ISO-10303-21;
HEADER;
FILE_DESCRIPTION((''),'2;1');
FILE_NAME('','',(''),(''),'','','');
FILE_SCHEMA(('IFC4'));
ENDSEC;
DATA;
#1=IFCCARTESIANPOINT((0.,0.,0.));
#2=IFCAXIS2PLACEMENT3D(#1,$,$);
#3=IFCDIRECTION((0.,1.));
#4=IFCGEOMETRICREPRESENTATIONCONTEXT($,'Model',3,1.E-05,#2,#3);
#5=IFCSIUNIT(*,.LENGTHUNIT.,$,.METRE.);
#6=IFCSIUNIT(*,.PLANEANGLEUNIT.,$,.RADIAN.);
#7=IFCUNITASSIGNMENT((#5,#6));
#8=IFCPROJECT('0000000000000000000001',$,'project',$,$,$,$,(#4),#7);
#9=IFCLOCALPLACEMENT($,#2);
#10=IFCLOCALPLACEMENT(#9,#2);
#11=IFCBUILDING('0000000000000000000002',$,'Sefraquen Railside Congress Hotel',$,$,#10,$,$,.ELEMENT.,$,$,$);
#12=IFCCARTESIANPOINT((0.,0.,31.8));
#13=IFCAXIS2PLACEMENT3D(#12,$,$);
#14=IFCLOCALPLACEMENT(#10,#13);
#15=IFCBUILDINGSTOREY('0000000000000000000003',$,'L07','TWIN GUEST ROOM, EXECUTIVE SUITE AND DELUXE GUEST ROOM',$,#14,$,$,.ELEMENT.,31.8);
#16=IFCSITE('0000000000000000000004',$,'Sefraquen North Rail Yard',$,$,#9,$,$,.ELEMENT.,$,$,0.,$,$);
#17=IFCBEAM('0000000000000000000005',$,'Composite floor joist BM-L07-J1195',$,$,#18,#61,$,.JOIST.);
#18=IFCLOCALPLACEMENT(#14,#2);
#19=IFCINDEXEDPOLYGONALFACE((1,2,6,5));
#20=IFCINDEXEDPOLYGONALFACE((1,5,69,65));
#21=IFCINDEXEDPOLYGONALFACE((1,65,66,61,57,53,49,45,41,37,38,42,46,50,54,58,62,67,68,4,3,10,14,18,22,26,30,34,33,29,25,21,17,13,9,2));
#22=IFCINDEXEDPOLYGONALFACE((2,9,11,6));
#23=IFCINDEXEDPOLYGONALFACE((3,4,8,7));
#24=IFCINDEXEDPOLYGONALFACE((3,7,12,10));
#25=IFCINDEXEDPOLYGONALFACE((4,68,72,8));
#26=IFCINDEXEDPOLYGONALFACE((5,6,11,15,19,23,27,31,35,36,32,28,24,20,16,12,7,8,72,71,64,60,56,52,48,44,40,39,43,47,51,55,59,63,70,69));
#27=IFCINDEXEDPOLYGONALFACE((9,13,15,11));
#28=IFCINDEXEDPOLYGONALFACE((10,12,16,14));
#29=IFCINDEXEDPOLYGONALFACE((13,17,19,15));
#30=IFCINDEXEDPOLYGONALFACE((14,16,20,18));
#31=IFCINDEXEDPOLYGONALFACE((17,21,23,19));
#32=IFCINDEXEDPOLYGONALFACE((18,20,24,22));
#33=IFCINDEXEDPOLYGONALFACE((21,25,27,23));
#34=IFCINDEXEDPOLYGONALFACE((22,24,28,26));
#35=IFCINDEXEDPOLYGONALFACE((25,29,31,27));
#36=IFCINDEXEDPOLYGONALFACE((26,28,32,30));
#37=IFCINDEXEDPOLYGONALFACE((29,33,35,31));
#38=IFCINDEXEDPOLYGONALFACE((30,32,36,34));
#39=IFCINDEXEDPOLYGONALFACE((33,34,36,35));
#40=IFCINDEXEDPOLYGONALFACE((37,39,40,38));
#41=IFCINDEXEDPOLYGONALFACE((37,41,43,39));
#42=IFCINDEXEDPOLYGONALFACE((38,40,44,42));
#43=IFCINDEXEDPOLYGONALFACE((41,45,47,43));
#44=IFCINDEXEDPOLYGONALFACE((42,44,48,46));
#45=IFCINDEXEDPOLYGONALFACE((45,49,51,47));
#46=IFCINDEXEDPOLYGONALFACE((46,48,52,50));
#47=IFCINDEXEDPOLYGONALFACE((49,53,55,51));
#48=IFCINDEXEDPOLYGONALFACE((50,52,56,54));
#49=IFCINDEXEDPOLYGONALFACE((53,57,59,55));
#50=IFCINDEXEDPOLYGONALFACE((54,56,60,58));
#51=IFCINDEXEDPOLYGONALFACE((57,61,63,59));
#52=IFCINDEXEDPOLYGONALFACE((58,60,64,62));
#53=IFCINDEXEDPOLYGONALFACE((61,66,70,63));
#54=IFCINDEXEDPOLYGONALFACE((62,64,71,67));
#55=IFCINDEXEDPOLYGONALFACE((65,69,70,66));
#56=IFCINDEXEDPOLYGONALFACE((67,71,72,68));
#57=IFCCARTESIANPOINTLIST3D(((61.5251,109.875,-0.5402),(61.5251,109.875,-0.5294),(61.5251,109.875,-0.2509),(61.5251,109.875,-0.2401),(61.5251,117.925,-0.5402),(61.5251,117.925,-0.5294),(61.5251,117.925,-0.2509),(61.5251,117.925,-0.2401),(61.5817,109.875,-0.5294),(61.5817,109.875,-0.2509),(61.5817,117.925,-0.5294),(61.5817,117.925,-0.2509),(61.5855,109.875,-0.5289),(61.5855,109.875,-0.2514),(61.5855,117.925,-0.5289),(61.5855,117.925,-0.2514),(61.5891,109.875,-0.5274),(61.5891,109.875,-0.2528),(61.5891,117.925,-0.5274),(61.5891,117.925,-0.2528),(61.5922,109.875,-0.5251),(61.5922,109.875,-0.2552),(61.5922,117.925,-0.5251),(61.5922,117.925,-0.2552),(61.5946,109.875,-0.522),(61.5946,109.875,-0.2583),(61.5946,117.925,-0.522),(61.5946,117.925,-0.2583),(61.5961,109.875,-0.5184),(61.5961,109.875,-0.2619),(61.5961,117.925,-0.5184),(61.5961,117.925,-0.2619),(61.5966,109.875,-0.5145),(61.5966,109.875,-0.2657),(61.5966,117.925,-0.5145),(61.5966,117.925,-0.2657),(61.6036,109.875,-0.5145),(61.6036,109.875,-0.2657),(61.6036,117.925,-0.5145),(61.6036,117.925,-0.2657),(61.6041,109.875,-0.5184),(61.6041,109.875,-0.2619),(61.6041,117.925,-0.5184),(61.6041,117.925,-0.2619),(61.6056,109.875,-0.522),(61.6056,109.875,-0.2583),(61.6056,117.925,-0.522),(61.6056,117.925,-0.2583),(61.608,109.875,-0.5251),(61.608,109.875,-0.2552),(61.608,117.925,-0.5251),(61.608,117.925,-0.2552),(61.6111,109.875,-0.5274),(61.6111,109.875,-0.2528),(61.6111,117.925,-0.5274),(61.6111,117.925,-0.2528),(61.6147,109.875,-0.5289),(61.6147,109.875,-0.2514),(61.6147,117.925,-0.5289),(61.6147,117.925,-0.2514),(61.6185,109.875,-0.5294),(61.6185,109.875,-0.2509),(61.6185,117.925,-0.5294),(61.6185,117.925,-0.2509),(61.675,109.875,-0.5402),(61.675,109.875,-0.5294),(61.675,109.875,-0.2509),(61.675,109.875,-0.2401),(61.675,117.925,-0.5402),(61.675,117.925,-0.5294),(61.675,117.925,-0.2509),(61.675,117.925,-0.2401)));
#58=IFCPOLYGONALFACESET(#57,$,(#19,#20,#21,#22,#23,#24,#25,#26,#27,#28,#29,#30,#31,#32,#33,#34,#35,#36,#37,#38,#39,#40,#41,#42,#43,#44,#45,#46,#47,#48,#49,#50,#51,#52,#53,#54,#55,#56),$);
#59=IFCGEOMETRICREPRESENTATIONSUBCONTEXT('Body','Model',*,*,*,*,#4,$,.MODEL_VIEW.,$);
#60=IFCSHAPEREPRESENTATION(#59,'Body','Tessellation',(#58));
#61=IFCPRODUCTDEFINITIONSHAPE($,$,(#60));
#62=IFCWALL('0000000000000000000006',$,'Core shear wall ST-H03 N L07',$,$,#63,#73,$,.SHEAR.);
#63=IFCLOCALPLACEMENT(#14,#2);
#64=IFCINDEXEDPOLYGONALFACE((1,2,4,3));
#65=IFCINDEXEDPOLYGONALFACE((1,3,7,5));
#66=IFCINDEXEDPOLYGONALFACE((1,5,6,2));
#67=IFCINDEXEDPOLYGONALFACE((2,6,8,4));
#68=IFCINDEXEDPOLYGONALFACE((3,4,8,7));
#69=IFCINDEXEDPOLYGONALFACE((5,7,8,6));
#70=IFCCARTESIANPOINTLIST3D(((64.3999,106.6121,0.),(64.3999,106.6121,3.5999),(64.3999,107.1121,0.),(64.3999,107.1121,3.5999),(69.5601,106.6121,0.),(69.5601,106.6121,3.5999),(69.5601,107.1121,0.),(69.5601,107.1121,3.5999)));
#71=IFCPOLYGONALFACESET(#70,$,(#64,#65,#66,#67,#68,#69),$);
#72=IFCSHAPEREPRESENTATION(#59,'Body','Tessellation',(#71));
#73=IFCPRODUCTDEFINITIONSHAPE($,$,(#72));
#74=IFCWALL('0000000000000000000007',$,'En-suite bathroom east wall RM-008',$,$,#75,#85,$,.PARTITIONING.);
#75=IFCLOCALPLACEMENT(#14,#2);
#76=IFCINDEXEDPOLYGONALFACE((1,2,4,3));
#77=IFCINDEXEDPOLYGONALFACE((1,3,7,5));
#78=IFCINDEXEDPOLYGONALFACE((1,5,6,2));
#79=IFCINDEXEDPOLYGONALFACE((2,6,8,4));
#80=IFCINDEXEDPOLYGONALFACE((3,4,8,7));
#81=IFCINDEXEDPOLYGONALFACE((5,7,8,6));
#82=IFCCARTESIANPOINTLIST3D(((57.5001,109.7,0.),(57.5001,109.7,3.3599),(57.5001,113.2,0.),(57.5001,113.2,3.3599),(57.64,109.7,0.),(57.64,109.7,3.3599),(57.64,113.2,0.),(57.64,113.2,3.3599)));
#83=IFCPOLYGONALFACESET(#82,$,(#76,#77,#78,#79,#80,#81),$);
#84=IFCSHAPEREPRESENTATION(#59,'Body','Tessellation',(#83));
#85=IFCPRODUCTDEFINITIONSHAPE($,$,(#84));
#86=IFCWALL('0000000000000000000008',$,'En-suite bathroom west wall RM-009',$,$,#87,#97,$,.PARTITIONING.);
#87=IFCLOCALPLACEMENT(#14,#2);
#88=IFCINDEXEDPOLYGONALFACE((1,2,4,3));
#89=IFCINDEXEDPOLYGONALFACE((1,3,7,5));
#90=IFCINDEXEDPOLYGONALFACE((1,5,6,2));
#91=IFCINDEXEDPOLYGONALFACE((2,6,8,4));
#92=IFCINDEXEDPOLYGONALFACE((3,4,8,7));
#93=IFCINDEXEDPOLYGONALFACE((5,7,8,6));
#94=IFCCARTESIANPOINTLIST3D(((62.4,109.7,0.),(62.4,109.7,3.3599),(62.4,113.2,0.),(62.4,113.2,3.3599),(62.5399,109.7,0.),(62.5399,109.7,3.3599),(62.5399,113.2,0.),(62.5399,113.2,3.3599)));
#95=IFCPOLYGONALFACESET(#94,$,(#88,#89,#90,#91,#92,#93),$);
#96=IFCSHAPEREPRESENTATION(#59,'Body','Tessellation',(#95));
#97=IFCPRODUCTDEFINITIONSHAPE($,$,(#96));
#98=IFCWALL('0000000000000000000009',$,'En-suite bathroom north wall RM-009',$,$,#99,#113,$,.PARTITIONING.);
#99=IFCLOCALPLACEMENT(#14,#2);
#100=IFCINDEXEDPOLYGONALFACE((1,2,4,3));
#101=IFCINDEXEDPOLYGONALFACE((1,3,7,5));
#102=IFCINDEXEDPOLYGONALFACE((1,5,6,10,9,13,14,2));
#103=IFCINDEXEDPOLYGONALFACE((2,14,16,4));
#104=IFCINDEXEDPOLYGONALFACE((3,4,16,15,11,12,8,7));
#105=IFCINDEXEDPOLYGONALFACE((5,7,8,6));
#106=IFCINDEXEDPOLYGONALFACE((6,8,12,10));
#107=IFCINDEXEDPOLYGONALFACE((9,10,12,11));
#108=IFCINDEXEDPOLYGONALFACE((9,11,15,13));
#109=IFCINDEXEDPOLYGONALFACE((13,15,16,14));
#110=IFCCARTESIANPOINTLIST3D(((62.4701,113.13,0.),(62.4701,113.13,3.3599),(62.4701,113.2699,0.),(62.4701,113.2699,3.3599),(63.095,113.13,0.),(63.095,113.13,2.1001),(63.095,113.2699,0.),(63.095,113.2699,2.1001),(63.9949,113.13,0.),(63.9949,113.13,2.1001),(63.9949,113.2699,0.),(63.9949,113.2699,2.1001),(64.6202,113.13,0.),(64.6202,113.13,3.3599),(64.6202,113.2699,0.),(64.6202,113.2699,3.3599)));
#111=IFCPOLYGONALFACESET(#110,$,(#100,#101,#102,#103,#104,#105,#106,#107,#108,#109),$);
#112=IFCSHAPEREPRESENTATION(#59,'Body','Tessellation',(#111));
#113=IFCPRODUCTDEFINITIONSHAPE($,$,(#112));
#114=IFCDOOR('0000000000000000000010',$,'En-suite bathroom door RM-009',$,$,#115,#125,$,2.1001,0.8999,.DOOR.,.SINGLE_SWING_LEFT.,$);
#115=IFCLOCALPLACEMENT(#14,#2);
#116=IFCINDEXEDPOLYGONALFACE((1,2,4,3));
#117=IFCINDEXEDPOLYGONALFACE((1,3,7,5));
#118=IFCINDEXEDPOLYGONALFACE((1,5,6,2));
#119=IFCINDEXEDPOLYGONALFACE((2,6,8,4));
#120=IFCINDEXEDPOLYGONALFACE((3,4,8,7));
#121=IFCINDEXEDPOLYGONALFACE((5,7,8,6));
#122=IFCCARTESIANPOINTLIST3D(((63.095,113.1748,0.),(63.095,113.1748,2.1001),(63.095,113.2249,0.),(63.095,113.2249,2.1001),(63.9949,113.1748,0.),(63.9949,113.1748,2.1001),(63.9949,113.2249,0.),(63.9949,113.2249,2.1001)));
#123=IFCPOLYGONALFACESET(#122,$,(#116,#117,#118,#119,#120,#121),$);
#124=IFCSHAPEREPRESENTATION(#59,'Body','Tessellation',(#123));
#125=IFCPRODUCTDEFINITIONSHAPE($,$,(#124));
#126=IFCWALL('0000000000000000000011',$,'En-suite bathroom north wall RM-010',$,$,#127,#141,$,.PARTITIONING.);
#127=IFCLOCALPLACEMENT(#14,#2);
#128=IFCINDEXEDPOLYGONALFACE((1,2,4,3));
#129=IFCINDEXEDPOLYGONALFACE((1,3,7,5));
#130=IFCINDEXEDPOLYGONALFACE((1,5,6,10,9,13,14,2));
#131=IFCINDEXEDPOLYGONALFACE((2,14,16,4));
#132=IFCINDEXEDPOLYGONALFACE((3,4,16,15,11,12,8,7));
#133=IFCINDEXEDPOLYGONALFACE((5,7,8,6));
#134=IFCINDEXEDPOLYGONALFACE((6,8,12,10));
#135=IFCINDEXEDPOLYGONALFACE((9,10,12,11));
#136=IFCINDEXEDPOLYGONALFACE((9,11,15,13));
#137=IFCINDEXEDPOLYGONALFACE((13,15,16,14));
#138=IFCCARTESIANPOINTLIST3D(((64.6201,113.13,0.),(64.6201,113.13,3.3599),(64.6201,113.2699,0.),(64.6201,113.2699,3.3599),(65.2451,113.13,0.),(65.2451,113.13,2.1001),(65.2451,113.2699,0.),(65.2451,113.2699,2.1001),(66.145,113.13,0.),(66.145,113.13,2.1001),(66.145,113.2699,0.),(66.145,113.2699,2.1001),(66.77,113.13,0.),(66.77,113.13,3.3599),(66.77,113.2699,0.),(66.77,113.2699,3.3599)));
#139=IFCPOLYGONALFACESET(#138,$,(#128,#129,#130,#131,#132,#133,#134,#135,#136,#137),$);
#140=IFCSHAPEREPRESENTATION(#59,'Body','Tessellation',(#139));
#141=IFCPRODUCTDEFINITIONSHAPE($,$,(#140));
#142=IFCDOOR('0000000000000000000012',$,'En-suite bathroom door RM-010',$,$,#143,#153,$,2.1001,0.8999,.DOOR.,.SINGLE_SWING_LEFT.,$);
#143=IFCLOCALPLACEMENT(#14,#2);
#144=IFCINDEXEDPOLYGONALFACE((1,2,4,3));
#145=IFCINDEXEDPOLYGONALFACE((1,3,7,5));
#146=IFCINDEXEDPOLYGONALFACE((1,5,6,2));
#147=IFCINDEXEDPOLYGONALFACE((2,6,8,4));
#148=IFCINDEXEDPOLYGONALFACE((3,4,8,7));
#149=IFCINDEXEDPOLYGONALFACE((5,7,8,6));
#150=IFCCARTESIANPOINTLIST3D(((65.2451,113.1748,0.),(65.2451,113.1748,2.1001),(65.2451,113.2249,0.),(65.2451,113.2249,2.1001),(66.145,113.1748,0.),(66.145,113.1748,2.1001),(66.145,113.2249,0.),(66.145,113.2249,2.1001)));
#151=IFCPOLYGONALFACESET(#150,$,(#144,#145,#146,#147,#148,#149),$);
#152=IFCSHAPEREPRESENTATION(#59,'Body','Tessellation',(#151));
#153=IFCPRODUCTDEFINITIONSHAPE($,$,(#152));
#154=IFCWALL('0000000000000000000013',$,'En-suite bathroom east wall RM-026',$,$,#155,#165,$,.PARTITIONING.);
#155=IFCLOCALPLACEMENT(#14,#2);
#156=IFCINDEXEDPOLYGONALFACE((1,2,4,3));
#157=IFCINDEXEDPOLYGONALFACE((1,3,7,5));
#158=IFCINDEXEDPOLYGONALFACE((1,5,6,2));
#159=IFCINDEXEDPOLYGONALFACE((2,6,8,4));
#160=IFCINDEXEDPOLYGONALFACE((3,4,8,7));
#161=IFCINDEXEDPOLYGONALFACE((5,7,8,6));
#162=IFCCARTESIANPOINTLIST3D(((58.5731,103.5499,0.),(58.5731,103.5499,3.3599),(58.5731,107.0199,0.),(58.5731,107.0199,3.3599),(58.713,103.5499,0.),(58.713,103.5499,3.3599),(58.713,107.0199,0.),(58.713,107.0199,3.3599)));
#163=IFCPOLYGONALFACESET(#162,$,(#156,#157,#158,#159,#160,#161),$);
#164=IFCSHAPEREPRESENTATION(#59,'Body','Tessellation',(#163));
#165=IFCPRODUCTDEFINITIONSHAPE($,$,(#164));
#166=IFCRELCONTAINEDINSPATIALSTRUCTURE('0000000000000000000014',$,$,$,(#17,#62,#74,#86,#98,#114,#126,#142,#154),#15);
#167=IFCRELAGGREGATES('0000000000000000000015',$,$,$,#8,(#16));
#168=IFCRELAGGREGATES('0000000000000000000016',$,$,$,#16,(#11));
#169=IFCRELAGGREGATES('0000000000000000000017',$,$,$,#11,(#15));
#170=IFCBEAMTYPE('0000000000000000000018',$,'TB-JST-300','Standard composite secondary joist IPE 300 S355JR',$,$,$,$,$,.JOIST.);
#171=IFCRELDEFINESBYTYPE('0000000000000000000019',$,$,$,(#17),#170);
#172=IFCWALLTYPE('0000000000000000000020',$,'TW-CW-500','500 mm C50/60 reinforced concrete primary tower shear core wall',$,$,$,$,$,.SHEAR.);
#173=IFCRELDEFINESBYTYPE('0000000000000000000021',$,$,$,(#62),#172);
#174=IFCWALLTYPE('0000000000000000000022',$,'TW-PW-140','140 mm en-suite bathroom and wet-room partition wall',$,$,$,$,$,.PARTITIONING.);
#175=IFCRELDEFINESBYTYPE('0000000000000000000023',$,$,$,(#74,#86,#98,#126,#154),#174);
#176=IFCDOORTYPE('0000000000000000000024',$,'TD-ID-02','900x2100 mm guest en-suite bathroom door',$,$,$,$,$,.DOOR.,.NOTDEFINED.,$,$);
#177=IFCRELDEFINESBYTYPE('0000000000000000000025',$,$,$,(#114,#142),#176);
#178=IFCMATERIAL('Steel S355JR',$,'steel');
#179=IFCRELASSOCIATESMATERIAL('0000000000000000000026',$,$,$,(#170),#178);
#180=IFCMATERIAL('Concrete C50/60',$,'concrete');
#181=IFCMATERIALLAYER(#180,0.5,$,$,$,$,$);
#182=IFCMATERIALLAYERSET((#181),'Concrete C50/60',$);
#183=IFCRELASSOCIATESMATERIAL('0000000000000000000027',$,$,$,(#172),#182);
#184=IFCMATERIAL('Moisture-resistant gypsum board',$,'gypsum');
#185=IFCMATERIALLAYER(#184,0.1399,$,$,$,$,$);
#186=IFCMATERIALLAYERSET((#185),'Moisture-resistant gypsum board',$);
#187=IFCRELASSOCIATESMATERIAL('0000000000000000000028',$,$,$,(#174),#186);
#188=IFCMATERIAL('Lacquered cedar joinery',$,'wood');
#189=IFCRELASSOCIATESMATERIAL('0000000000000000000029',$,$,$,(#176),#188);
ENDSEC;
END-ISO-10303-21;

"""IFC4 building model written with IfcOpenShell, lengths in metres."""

from ifc_helpers import new_model, si_unit, direction, frame, frame_2d, origin, origin_2d, place, context, subcontext, project, spatial, rectangle, i_section, extrude, material, layer, layer_set, material_profile, profile_set, type_object, element, fill, save


model = new_model("IFC4")

# Units and contexts
model_context = context("Model", 3, precision=1e-05, world=origin(), true_north=direction((0.0, 1.0)))
body_context = subcontext(model_context, "Body", "Model", "MODEL_VIEW")
ifc_project = project(units=[si_unit("LENGTHUNIT", "METRE"), si_unit("PLANEANGLEUNIT", "RADIAN")], contexts=[model_context])

# Site, building, storey
site_placement = place(None, origin())
site = spatial("IfcSite", under=ifc_project, at=site_placement, Name="Sefraquen North Rail Yard", CompositionType="ELEMENT", RefElevation=0.0)
building_placement = place(site_placement, origin())
building = spatial("IfcBuilding", under=site, at=building_placement, Name="Sefraquen Railside Congress Hotel", CompositionType="ELEMENT")
storey_placement = place(building_placement, frame((0.0, 0.0, 31.8)))
storey = spatial("IfcBuildingStorey", under=building, at=storey_placement, Name="L07", Description="TWIN GUEST ROOM, EXECUTIVE SUITE AND DELUXE GUEST ROOM", CompositionType="ELEMENT", Elevation=31.8)

# Shared definitions
ifc_material_1 = material(Name="Steel S355JR", Category="steel")

# Beam
ifc_material_profile_1 = material_profile(ifc_material_1, i_section(OverallWidth=0.1499, OverallDepth=0.3, WebThickness=0.0071, FlangeThickness=0.0107, FilletRadius=0.0149, at=origin_2d()), Name="IPE 300")
ifc_profile_set_1 = profile_set([ifc_material_profile_1], Name="Steel S355JR")
beam_type_1 = type_object("IfcBeamType", Name="TB-JST-300", Description="Standard composite secondary joist IPE 300 S355JR", PredefinedType="JOIST", material=ifc_profile_set_1)
for number, where, z_axis, x_axis, name in (
    (1, (61.6001, 109.875, -0.3901), (0.0, 1.0, 0.0), (-1.0, 0.0, 0.0), "Composite floor joist BM-L07-J1195"),
):
    element("IfcBeam", number, at=place(storey_placement, frame(where, z_axis=z_axis, x_axis=x_axis)), inside=storey, type_object=beam_type_1, Name=name, PredefinedType="JOIST", context=body_context, shape_type="SweptSolid", body=[
        extrude(i_section(OverallWidth=0.1499, OverallDepth=0.3, WebThickness=0.0071, FlangeThickness=0.0107, FilletRadius=0.0149, at=origin_2d()), origin(), (0.0, 0.0, 1.0), 8.05),
    ])

# Walls
ifc_material_2 = material(Name="Concrete C50/60", Category="concrete")
ifc_layer_1 = layer(ifc_material_2, 0.5)
ifc_layer_set_1 = layer_set([ifc_layer_1], Name="Concrete C50/60")
wall_type_1 = type_object("IfcWallType", Name="TW-CW-500", Description="500 mm C50/60 reinforced concrete primary tower shear core wall", PredefinedType="SHEAR", material=ifc_layer_set_1)
wall_1_placement = place(storey_placement, frame((64.3999, 106.8621, 0.0), z_axis=(0.0, 0.0, 1.0), x_axis=(1.0, 0.0, 0.0)))
element("IfcWall", 2, at=wall_1_placement, inside=storey, type_object=wall_type_1, Name="Core shear wall ST-H03 N L07", PredefinedType="SHEAR", context=body_context, shape_type="SweptSolid", body=[
    extrude(rectangle(XDim=5.1602, YDim=0.5, at=frame_2d((2.5801, 0.0))), origin(), (0.0, 0.0, 1.0), 3.5999),
])
ifc_material_3 = material(Name="Moisture-resistant gypsum board", Category="gypsum")
ifc_layer_2 = layer(ifc_material_3, 0.1399)
ifc_layer_set_2 = layer_set([ifc_layer_2], Name="Moisture-resistant gypsum board")
wall_type_2 = type_object("IfcWallType", Name="TW-PW-140", Description="140 mm en-suite bathroom and wet-room partition wall", PredefinedType="PARTITIONING", material=ifc_layer_set_2)
for number, where, z_axis, x_axis, name in (
    (3, (57.5701, 109.7, 0.0), (0.0, 0.0, 1.0), (0.0, 1.0, 0.0), "En-suite bathroom east wall RM-008"),
    (4, (62.47, 109.7, 0.0), (0.0, 0.0, 1.0), (0.0, 1.0, 0.0), "En-suite bathroom west wall RM-009"),
):
    element("IfcWall", number, at=place(storey_placement, frame(where, z_axis=z_axis, x_axis=x_axis)), inside=storey, type_object=wall_type_2, Name=name, PredefinedType="PARTITIONING", context=body_context, shape_type="SweptSolid", body=[
        extrude(rectangle(XDim=3.5, YDim=0.1399, at=frame_2d((1.75, 0.0))), origin(), (0.0, 0.0, 1.0), 3.3599),
    ])

# Walls, openings, doors
wall_2_placement = place(storey_placement, frame((62.47, 113.2, 0.0), z_axis=(0.0, 0.0, 1.0), x_axis=(1.0, 0.0, 0.0)))
wall_2 = element("IfcWall", 5, at=wall_2_placement, inside=storey, type_object=wall_type_2, Name="En-suite bathroom north wall RM-009", PredefinedType="PARTITIONING", context=body_context, shape_type="SweptSolid", body=[
    extrude(rectangle(XDim=2.1501, YDim=0.1399, at=frame_2d((1.0752, 0.0))), origin(), (0.0, 0.0, 1.0), 3.3599),
])
opening_1_placement = place(wall_2_placement, frame((0.625, 0.0, 0.0)))
opening_1 = element("IfcOpeningElement", 6, at=opening_1_placement, cuts=wall_2, PredefinedType="OPENING", context=body_context, shape_type="SweptSolid", body=[
    extrude(rectangle(XDim=0.8999, YDim=2.1001, at=frame_2d((0.45, 1.05))), frame((0.0, 0.0798, 0.0), z_axis=(0.0, -1.0, 0.0), x_axis=(1.0, 0.0, 0.0)), (0.0, 0.0, 1.0), 0.1599),
])
ifc_material_4 = material(Name="Lacquered cedar joinery", Category="wood")
door_type = type_object("IfcDoorType", Name="TD-ID-02", Description="900x2100 mm guest en-suite bathroom door", OperationType="NOTDEFINED", PredefinedType="DOOR", material=ifc_material_4)
door_1_placement = place(opening_1_placement, origin())
door_1 = element("IfcDoor", 7, at=door_1_placement, inside=storey, type_object=door_type, Name="En-suite bathroom door RM-009", OperationType="SINGLE_SWING_LEFT", OverallHeight=2.1001, OverallWidth=0.8999, PredefinedType="DOOR", context=body_context, shape_type="SweptSolid", body=[
    extrude(rectangle(XDim=0.8999, YDim=2.1001, at=frame_2d((0.45, 1.05))), frame((0.0, 0.0249, 0.0), z_axis=(0.0, -1.0, 0.0), x_axis=(1.0, 0.0, 0.0)), (0.0, 0.0, 1.0), 0.05),
])
fill(opening_1, door_1)
wall_3_placement = place(storey_placement, frame((64.6201, 113.2, 0.0), z_axis=(0.0, 0.0, 1.0), x_axis=(1.0, 0.0, 0.0)))
wall_3 = element("IfcWall", 8, at=wall_3_placement, inside=storey, type_object=wall_type_2, Name="En-suite bathroom north wall RM-010", PredefinedType="PARTITIONING", context=body_context, shape_type="SweptSolid", body=[
    extrude(rectangle(XDim=2.1499, YDim=0.1399, at=frame_2d((1.075, 0.0))), origin(), (0.0, 0.0, 1.0), 3.3599),
])
opening_2_placement = place(wall_3_placement, frame((0.625, 0.0, 0.0)))
opening_2 = element("IfcOpeningElement", 9, at=opening_2_placement, cuts=wall_3, PredefinedType="OPENING", context=body_context, shape_type="SweptSolid", body=[
    extrude(rectangle(XDim=0.8999, YDim=2.1001, at=frame_2d((0.45, 1.05))), frame((0.0, 0.0798, 0.0), z_axis=(0.0, -1.0, 0.0), x_axis=(1.0, 0.0, 0.0)), (0.0, 0.0, 1.0), 0.1599),
])
door_2_placement = place(opening_2_placement, origin())
door_2 = element("IfcDoor", 10, at=door_2_placement, inside=storey, type_object=door_type, Name="En-suite bathroom door RM-010", OperationType="SINGLE_SWING_LEFT", OverallHeight=2.1001, OverallWidth=0.8999, PredefinedType="DOOR", context=body_context, shape_type="SweptSolid", body=[
    extrude(rectangle(XDim=0.8999, YDim=2.1001, at=frame_2d((0.45, 1.05))), frame((0.0, 0.0249, 0.0), z_axis=(0.0, -1.0, 0.0), x_axis=(1.0, 0.0, 0.0)), (0.0, 0.0, 1.0), 0.05),
])
fill(opening_2, door_2)

# Wall
wall_4_placement = place(storey_placement, frame((58.6431, 103.55, 0.0), z_axis=(0.0, 0.0, 1.0), x_axis=(0.0, 1.0, 0.0)))
element("IfcWall", 11, at=wall_4_placement, inside=storey, type_object=wall_type_2, Name="En-suite bathroom east wall RM-026", PredefinedType="PARTITIONING", context=body_context, shape_type="SweptSolid", body=[
    extrude(rectangle(XDim=3.47, YDim=0.1399, at=frame_2d((1.7349, 0.0))), origin(), (0.0, 0.0, 1.0), 3.3599),
])

save(model, "model.ifc")
